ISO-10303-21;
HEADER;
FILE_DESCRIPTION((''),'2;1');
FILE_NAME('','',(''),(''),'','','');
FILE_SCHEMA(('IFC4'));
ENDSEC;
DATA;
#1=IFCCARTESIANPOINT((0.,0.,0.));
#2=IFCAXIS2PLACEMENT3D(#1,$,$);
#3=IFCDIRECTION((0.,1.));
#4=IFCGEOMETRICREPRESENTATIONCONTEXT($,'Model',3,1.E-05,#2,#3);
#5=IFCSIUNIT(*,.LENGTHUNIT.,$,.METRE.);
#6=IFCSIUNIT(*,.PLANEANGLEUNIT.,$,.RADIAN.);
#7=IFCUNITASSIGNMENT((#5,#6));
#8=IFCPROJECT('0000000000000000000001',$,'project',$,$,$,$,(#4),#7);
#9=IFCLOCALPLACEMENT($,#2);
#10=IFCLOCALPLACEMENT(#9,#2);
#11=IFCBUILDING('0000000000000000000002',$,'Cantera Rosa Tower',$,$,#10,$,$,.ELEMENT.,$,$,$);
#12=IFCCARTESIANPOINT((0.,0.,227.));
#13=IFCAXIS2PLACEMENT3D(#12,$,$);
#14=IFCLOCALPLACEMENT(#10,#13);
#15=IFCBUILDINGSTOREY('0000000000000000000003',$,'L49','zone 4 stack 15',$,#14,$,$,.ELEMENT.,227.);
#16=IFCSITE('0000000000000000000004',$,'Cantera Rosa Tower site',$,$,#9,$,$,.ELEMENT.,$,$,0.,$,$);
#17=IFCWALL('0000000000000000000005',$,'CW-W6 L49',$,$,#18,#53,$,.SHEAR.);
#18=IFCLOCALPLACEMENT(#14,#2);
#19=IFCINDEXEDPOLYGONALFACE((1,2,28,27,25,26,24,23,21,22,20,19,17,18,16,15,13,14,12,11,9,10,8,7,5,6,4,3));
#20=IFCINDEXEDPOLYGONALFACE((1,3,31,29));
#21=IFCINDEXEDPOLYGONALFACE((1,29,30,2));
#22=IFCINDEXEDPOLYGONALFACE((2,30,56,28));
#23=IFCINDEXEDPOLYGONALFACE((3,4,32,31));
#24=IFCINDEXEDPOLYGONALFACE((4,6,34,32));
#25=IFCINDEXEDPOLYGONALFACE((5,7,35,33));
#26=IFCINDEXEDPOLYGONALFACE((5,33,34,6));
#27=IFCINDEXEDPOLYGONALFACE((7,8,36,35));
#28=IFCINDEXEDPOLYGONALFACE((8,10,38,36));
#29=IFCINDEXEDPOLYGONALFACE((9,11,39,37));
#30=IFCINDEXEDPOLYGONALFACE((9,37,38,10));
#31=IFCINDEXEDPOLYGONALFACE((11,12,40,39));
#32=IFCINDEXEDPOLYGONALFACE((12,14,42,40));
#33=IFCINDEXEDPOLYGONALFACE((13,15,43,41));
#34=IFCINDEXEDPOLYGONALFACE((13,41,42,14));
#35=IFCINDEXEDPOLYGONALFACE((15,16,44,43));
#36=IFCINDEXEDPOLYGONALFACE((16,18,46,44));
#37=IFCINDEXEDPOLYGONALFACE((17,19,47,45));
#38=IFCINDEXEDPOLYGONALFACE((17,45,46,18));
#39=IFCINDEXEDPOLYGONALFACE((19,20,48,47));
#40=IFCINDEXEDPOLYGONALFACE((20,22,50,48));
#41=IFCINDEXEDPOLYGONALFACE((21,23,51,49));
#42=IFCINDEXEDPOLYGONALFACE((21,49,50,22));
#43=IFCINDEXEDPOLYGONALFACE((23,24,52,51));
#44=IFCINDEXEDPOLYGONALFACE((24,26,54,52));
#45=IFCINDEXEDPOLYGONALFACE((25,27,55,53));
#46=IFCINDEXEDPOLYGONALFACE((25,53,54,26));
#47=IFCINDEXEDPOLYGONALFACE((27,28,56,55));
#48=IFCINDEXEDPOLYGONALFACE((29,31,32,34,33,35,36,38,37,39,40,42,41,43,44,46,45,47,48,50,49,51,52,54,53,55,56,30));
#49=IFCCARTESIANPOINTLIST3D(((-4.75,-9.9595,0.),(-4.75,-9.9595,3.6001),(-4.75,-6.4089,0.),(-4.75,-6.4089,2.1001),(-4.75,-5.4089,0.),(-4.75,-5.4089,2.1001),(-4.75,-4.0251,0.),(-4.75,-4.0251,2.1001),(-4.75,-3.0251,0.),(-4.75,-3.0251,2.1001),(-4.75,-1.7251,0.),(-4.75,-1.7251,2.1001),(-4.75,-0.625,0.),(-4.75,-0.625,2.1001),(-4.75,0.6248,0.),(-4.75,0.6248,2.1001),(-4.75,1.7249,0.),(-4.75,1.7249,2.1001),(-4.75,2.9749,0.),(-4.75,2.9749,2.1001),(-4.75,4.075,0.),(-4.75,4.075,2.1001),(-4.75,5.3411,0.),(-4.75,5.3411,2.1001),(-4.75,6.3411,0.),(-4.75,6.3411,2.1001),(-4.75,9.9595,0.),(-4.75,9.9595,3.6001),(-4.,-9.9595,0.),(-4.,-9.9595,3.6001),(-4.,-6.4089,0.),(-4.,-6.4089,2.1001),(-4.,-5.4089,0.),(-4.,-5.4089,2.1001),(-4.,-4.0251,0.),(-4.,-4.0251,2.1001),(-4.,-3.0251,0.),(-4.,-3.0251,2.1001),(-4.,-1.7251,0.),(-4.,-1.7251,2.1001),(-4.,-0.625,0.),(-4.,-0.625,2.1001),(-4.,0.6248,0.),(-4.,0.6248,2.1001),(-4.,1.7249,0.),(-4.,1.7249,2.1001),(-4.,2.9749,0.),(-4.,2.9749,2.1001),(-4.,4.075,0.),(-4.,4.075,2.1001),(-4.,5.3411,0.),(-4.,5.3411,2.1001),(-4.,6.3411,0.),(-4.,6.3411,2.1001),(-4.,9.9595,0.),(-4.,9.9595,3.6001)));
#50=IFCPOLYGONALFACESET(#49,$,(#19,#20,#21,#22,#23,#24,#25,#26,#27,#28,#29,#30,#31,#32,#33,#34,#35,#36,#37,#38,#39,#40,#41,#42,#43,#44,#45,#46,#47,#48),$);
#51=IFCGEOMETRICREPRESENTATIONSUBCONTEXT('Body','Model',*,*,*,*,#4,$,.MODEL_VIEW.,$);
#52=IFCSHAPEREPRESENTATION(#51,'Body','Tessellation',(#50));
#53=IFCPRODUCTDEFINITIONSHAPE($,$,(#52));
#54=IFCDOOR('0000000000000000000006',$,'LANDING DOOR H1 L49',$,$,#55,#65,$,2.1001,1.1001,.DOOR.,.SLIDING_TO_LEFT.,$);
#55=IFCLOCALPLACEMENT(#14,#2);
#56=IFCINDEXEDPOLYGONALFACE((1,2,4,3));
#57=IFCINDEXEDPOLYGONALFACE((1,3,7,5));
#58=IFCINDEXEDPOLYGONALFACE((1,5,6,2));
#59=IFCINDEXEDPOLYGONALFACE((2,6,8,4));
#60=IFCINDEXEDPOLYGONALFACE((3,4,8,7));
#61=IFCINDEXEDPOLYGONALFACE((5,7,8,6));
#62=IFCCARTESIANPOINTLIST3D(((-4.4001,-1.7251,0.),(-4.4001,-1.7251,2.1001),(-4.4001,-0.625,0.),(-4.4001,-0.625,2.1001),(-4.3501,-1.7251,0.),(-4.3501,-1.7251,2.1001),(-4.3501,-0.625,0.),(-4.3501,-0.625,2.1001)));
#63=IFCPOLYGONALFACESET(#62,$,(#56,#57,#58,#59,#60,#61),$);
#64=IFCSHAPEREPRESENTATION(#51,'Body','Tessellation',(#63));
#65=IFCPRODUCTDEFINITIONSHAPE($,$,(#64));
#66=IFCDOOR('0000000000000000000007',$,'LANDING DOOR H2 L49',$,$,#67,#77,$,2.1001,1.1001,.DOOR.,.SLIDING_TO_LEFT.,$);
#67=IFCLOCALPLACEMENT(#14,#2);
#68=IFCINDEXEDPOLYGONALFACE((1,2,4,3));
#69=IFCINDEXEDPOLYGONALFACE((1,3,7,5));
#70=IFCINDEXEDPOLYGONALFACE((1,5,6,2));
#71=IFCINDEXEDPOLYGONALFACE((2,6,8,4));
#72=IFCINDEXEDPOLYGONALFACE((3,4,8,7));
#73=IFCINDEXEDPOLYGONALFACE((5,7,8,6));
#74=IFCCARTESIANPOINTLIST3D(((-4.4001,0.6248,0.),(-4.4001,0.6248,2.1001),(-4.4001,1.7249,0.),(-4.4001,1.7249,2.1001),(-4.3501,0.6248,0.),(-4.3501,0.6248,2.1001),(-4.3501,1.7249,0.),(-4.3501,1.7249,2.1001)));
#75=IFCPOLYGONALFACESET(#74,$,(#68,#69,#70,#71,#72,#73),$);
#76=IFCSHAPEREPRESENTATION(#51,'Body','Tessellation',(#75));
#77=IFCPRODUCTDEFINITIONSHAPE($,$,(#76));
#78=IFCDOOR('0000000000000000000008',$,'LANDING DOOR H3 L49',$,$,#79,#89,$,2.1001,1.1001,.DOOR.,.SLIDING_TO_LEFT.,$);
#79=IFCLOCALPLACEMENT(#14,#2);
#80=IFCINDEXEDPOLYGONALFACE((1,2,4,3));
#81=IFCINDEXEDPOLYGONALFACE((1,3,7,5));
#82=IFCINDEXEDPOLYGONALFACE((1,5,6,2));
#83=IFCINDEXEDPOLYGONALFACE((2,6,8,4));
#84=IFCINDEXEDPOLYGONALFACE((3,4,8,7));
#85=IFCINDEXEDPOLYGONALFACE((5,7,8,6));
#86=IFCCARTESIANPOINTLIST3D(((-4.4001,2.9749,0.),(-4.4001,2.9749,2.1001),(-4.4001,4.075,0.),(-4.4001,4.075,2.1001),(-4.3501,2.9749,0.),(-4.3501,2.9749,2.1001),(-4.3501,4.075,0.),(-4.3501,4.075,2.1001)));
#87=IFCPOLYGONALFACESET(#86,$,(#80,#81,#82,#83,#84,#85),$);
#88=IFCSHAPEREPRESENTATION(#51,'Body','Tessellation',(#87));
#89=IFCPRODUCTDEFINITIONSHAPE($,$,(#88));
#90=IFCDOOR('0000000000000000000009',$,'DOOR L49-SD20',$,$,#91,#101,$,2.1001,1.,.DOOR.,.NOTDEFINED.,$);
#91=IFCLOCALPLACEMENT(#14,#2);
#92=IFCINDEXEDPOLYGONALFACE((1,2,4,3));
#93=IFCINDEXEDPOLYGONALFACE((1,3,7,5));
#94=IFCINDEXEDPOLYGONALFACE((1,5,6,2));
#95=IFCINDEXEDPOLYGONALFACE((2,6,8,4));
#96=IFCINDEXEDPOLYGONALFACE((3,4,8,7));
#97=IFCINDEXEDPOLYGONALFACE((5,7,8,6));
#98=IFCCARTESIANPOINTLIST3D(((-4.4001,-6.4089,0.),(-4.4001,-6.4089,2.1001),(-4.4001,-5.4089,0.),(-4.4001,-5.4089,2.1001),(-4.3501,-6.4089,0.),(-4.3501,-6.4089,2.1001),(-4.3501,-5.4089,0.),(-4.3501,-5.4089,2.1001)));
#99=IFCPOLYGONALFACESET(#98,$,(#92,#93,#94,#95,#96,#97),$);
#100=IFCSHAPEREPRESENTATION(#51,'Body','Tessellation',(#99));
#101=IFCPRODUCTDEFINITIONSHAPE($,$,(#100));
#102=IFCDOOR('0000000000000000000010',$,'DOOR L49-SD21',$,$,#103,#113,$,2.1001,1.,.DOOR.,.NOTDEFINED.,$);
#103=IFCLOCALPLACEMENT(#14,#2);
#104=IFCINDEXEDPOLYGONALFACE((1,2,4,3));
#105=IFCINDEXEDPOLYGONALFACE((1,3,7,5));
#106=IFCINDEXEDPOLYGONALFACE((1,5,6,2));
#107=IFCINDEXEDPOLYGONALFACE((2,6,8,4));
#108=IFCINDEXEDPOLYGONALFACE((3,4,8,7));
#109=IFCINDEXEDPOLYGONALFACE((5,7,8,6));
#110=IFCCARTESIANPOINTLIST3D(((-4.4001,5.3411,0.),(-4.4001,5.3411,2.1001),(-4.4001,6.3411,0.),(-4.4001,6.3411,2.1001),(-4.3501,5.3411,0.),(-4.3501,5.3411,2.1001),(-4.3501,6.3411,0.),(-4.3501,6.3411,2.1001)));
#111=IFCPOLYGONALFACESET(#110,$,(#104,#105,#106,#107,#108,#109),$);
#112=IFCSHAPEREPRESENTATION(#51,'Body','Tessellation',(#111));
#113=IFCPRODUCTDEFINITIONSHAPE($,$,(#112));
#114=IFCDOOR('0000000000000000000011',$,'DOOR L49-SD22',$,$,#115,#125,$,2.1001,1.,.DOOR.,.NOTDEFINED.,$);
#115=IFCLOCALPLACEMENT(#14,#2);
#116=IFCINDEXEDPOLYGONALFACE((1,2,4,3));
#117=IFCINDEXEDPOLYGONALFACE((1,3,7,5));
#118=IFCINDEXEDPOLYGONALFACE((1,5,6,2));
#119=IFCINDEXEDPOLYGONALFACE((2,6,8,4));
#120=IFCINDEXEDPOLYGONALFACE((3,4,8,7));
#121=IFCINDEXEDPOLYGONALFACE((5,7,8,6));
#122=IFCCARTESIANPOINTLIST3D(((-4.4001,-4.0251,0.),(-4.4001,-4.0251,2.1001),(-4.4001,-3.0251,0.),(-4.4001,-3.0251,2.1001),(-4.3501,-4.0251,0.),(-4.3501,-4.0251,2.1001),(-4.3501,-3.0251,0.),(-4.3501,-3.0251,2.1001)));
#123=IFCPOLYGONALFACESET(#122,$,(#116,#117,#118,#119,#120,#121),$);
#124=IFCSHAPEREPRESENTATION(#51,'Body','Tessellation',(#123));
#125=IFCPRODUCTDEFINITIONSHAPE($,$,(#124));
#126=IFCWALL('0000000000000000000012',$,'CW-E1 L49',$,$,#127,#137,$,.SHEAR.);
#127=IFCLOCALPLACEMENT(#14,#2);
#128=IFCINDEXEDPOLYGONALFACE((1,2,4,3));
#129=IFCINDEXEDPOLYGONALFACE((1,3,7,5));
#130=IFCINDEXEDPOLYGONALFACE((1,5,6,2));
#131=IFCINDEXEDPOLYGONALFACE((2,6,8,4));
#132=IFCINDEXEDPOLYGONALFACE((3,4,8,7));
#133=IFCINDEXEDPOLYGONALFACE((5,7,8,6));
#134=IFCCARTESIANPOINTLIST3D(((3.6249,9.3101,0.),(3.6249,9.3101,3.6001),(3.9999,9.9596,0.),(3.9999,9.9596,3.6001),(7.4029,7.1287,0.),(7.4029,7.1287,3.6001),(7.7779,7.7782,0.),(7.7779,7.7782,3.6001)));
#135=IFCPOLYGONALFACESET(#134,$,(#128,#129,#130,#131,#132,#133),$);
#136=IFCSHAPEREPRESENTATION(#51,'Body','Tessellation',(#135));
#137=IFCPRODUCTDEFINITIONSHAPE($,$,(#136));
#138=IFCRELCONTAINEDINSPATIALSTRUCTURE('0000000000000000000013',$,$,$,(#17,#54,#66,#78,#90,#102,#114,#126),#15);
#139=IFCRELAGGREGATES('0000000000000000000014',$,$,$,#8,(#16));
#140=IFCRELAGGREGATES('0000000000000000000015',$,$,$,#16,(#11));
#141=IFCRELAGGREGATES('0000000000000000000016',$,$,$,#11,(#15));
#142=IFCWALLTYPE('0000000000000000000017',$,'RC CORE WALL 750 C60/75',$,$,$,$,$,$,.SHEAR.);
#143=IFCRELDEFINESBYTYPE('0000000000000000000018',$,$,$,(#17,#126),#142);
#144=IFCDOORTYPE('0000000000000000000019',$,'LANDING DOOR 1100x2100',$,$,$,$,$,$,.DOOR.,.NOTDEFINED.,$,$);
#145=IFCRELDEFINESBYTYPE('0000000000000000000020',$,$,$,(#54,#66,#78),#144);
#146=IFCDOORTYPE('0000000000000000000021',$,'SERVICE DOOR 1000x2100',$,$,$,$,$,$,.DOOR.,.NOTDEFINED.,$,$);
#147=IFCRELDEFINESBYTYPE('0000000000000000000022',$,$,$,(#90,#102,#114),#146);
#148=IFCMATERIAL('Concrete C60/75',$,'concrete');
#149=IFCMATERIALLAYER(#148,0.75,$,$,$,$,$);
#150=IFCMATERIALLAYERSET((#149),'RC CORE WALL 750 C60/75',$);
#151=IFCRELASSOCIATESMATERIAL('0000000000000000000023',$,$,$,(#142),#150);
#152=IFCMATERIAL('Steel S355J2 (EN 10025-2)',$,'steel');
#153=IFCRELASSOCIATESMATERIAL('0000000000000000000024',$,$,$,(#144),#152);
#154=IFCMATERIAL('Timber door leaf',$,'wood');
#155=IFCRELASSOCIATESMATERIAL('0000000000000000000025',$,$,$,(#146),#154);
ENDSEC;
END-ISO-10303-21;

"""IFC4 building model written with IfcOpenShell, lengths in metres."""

from ifc_helpers import new_model, si_unit, direction, frame, frame_2d, origin, place, context, subcontext, project, spatial, rectangle, extrude, material, layer, layer_set, type_object, element, fill, save


model = new_model("IFC4")

# Units and contexts
model_context = context("Model", 3, precision=1e-05, world=origin(), true_north=direction((0.0, 1.0)))
body_context = subcontext(model_context, "Body", "Model", "MODEL_VIEW")
ifc_project = project(units=[si_unit("LENGTHUNIT", "METRE"), si_unit("PLANEANGLEUNIT", "RADIAN")], contexts=[model_context])

# Site, building, storey
site_placement = place(None, origin())
site = spatial("IfcSite", under=ifc_project, at=site_placement, Name="Cantera Rosa Tower site", CompositionType="ELEMENT", RefElevation=0.0)
building_placement = place(site_placement, origin())
building = spatial("IfcBuilding", under=site, at=building_placement, Name="Cantera Rosa Tower", CompositionType="ELEMENT")
storey_placement = place(building_placement, frame((0.0, 0.0, 227.0)))
storey = spatial("IfcBuildingStorey", under=building, at=storey_placement, Name="L49", Description="zone 4 stack 15", CompositionType="ELEMENT", Elevation=227.0)

# Wall, openings, doors
ifc_material_1 = material(Name="Concrete C60/75", Category="concrete")
ifc_layer_1 = layer(ifc_material_1, 0.75)
ifc_layer_set_1 = layer_set([ifc_layer_1], Name="RC CORE WALL 750 C60/75")
wall_type_1 = type_object("IfcWallType", Name="RC CORE WALL 750 C60/75", PredefinedType="SHEAR", material=ifc_layer_set_1)
wall_1_placement = place(storey_placement, frame((-4.375, 9.9595, 0.0), z_axis=(0.0, 0.0, 1.0), x_axis=(0.0, -1.0, 0.0)))
wall_1 = element("IfcWall", 1, at=wall_1_placement, inside=storey, type_object=wall_type_1, Name="CW-W6 L49", PredefinedType="SHEAR", context=body_context, shape_type="SweptSolid", body=[
    extrude(rectangle(XDim=19.9189, YDim=0.75, at=frame_2d((9.9595, 0.0))), origin(), (0.0, 0.0, 1.0), 3.6001),
])
opening_1_placement = place(wall_1_placement, frame((10.5845, 0.0, 0.0)))
opening_1 = element("IfcOpeningElement", 2, at=opening_1_placement, cuts=wall_1, PredefinedType="OPENING", context=body_context, shape_type="SweptSolid", body=[
    extrude(rectangle(XDim=1.1001, YDim=2.1001, at=frame_2d((0.55, 1.05))), frame((0.0, 0.385, 0.0), z_axis=(0.0, -1.0, 0.0), x_axis=(1.0, 0.0, 0.0)), (0.0, 0.0, 1.0), 0.77),
])
opening_2_placement = place(wall_1_placement, frame((8.2346, 0.0, 0.0)))
opening_2 = element("IfcOpeningElement", 3, at=opening_2_placement, cuts=wall_1, PredefinedType="OPENING", context=body_context, shape_type="SweptSolid", body=[
    extrude(rectangle(XDim=1.1001, YDim=2.1001, at=frame_2d((0.55, 1.05))), frame((0.0, 0.385, 0.0), z_axis=(0.0, -1.0, 0.0), x_axis=(1.0, 0.0, 0.0)), (0.0, 0.0, 1.0), 0.77),
])
opening_3_placement = place(wall_1_placement, frame((5.8845, 0.0, 0.0)))
opening_3 = element("IfcOpeningElement", 4, at=opening_3_placement, cuts=wall_1, PredefinedType="OPENING", context=body_context, shape_type="SweptSolid", body=[
    extrude(rectangle(XDim=1.1001, YDim=2.1001, at=frame_2d((0.55, 1.05))), frame((0.0, 0.385, 0.0), z_axis=(0.0, -1.0, 0.0), x_axis=(1.0, 0.0, 0.0)), (0.0, 0.0, 1.0), 0.77),
])
opening_4_placement = place(wall_1_placement, frame((15.3684, 0.0, 0.0)))
opening_4 = element("IfcOpeningElement", 5, at=opening_4_placement, cuts=wall_1, PredefinedType="OPENING", context=body_context, shape_type="SweptSolid", body=[
    extrude(rectangle(XDim=1.0, YDim=2.1001, at=frame_2d((0.5, 1.05))), frame((0.0, 0.385, 0.0), z_axis=(0.0, -1.0, 0.0), x_axis=(1.0, 0.0, 0.0)), (0.0, 0.0, 1.0), 0.77),
])
opening_5_placement = place(wall_1_placement, frame((3.6184, 0.0, 0.0)))
opening_5 = element("IfcOpeningElement", 6, at=opening_5_placement, cuts=wall_1, PredefinedType="OPENING", context=body_context, shape_type="SweptSolid", body=[
    extrude(rectangle(XDim=1.0, YDim=2.1001, at=frame_2d((0.5, 1.05))), frame((0.0, 0.385, 0.0), z_axis=(0.0, -1.0, 0.0), x_axis=(1.0, 0.0, 0.0)), (0.0, 0.0, 1.0), 0.77),
])
opening_6_placement = place(wall_1_placement, frame((12.9846, 0.0, 0.0)))
opening_6 = element("IfcOpeningElement", 7, at=opening_6_placement, cuts=wall_1, PredefinedType="OPENING", context=body_context, shape_type="SweptSolid", body=[
    extrude(rectangle(XDim=1.0, YDim=2.1001, at=frame_2d((0.5, 1.05))), frame((0.0, 0.385, 0.0), z_axis=(0.0, -1.0, 0.0), x_axis=(1.0, 0.0, 0.0)), (0.0, 0.0, 1.0), 0.77),
])
ifc_material_2 = material(Name="Steel S355J2 (EN 10025-2)", Category="steel")
door_type_1 = type_object("IfcDoorType", Name="LANDING DOOR 1100x2100", OperationType="NOTDEFINED", PredefinedType="DOOR", material=ifc_material_2)
door_1_placement = place(opening_1_placement, origin())
door_1 = element("IfcDoor", 8, at=door_1_placement, inside=storey, type_object=door_type_1, Name="LANDING DOOR H1 L49", OperationType="SLIDING_TO_LEFT", OverallHeight=2.1001, OverallWidth=1.1001, PredefinedType="DOOR", context=body_context, shape_type="SweptSolid", body=[
    extrude(rectangle(XDim=1.1001, YDim=2.1001, at=frame_2d((0.55, 1.05))), frame((0.0, 0.0249, 0.0), z_axis=(0.0, -1.0, 0.0), x_axis=(1.0, 0.0, 0.0)), (0.0, 0.0, 1.0), 0.05),
])
fill(opening_1, door_1)
door_2_placement = place(opening_2_placement, origin())
door_2 = element("IfcDoor", 9, at=door_2_placement, inside=storey, type_object=door_type_1, Name="LANDING DOOR H2 L49", OperationType="SLIDING_TO_LEFT", OverallHeight=2.1001, OverallWidth=1.1001, PredefinedType="DOOR", context=body_context, shape_type="SweptSolid", body=[
    extrude(rectangle(XDim=1.1001, YDim=2.1001, at=frame_2d((0.55, 1.05))), frame((0.0, 0.0249, 0.0), z_axis=(0.0, -1.0, 0.0), x_axis=(1.0, 0.0, 0.0)), (0.0, 0.0, 1.0), 0.05),
])
fill(opening_2, door_2)
door_3_placement = place(opening_3_placement, origin())
door_3 = element("IfcDoor", 10, at=door_3_placement, inside=storey, type_object=door_type_1, Name="LANDING DOOR H3 L49", OperationType="SLIDING_TO_LEFT", OverallHeight=2.1001, OverallWidth=1.1001, PredefinedType="DOOR", context=body_context, shape_type="SweptSolid", body=[
    extrude(rectangle(XDim=1.1001, YDim=2.1001, at=frame_2d((0.55, 1.05))), frame((0.0, 0.0249, 0.0), z_axis=(0.0, -1.0, 0.0), x_axis=(1.0, 0.0, 0.0)), (0.0, 0.0, 1.0), 0.05),
])
fill(opening_3, door_3)
ifc_material_3 = material(Name="Timber door leaf", Category="wood")
door_type_2 = type_object("IfcDoorType", Name="SERVICE DOOR 1000x2100", OperationType="NOTDEFINED", PredefinedType="DOOR", material=ifc_material_3)
door_4_placement = place(opening_4_placement, origin())
door_4 = element("IfcDoor", 11, at=door_4_placement, inside=storey, type_object=door_type_2, Name="DOOR L49-SD20", OperationType="NOTDEFINED", OverallHeight=2.1001, OverallWidth=1.0, PredefinedType="DOOR", context=body_context, shape_type="SweptSolid", body=[
    extrude(rectangle(XDim=1.0, YDim=2.1001, at=frame_2d((0.5, 1.05))), frame((0.0, 0.0249, 0.0), z_axis=(0.0, -1.0, 0.0), x_axis=(1.0, 0.0, 0.0)), (0.0, 0.0, 1.0), 0.05),
])
fill(opening_4, door_4)
door_5_placement = place(opening_5_placement, origin())
door_5 = element("IfcDoor", 12, at=door_5_placement, inside=storey, type_object=door_type_2, Name="DOOR L49-SD21", OperationType="NOTDEFINED", OverallHeight=2.1001, OverallWidth=1.0, PredefinedType="DOOR", context=body_context, shape_type="SweptSolid", body=[
    extrude(rectangle(XDim=1.0, YDim=2.1001, at=frame_2d((0.5, 1.05))), frame((0.0, 0.0249, 0.0), z_axis=(0.0, -1.0, 0.0), x_axis=(1.0, 0.0, 0.0)), (0.0, 0.0, 1.0), 0.05),
])
fill(opening_5, door_5)
door_6_placement = place(opening_6_placement, origin())
door_6 = element("IfcDoor", 13, at=door_6_placement, inside=storey, type_object=door_type_2, Name="DOOR L49-SD22", OperationType="NOTDEFINED", OverallHeight=2.1001, OverallWidth=1.0, PredefinedType="DOOR", context=body_context, shape_type="SweptSolid", body=[
    extrude(rectangle(XDim=1.0, YDim=2.1001, at=frame_2d((0.5, 1.05))), frame((0.0, 0.0249, 0.0), z_axis=(0.0, -1.0, 0.0), x_axis=(1.0, 0.0, 0.0)), (0.0, 0.0, 1.0), 0.05),
])
fill(opening_6, door_6)

# Wall
wall_2_placement = place(storey_placement, frame((3.8125, 9.6348, 0.0), z_axis=(0.0, 0.0, 1.0), x_axis=(0.866013, -0.500021, 0.0)))
element("IfcWall", 14, at=wall_2_placement, inside=storey, type_object=wall_type_1, Name="CW-E1 L49", PredefinedType="SHEAR", context=body_context, shape_type="SweptSolid", body=[
    extrude(rectangle(XDim=4.3625, YDim=0.75, at=frame_2d((2.1812, 0.0))), origin(), (0.0, 0.0, 1.0), 3.6001),
])

save(model, "model.ifc")
